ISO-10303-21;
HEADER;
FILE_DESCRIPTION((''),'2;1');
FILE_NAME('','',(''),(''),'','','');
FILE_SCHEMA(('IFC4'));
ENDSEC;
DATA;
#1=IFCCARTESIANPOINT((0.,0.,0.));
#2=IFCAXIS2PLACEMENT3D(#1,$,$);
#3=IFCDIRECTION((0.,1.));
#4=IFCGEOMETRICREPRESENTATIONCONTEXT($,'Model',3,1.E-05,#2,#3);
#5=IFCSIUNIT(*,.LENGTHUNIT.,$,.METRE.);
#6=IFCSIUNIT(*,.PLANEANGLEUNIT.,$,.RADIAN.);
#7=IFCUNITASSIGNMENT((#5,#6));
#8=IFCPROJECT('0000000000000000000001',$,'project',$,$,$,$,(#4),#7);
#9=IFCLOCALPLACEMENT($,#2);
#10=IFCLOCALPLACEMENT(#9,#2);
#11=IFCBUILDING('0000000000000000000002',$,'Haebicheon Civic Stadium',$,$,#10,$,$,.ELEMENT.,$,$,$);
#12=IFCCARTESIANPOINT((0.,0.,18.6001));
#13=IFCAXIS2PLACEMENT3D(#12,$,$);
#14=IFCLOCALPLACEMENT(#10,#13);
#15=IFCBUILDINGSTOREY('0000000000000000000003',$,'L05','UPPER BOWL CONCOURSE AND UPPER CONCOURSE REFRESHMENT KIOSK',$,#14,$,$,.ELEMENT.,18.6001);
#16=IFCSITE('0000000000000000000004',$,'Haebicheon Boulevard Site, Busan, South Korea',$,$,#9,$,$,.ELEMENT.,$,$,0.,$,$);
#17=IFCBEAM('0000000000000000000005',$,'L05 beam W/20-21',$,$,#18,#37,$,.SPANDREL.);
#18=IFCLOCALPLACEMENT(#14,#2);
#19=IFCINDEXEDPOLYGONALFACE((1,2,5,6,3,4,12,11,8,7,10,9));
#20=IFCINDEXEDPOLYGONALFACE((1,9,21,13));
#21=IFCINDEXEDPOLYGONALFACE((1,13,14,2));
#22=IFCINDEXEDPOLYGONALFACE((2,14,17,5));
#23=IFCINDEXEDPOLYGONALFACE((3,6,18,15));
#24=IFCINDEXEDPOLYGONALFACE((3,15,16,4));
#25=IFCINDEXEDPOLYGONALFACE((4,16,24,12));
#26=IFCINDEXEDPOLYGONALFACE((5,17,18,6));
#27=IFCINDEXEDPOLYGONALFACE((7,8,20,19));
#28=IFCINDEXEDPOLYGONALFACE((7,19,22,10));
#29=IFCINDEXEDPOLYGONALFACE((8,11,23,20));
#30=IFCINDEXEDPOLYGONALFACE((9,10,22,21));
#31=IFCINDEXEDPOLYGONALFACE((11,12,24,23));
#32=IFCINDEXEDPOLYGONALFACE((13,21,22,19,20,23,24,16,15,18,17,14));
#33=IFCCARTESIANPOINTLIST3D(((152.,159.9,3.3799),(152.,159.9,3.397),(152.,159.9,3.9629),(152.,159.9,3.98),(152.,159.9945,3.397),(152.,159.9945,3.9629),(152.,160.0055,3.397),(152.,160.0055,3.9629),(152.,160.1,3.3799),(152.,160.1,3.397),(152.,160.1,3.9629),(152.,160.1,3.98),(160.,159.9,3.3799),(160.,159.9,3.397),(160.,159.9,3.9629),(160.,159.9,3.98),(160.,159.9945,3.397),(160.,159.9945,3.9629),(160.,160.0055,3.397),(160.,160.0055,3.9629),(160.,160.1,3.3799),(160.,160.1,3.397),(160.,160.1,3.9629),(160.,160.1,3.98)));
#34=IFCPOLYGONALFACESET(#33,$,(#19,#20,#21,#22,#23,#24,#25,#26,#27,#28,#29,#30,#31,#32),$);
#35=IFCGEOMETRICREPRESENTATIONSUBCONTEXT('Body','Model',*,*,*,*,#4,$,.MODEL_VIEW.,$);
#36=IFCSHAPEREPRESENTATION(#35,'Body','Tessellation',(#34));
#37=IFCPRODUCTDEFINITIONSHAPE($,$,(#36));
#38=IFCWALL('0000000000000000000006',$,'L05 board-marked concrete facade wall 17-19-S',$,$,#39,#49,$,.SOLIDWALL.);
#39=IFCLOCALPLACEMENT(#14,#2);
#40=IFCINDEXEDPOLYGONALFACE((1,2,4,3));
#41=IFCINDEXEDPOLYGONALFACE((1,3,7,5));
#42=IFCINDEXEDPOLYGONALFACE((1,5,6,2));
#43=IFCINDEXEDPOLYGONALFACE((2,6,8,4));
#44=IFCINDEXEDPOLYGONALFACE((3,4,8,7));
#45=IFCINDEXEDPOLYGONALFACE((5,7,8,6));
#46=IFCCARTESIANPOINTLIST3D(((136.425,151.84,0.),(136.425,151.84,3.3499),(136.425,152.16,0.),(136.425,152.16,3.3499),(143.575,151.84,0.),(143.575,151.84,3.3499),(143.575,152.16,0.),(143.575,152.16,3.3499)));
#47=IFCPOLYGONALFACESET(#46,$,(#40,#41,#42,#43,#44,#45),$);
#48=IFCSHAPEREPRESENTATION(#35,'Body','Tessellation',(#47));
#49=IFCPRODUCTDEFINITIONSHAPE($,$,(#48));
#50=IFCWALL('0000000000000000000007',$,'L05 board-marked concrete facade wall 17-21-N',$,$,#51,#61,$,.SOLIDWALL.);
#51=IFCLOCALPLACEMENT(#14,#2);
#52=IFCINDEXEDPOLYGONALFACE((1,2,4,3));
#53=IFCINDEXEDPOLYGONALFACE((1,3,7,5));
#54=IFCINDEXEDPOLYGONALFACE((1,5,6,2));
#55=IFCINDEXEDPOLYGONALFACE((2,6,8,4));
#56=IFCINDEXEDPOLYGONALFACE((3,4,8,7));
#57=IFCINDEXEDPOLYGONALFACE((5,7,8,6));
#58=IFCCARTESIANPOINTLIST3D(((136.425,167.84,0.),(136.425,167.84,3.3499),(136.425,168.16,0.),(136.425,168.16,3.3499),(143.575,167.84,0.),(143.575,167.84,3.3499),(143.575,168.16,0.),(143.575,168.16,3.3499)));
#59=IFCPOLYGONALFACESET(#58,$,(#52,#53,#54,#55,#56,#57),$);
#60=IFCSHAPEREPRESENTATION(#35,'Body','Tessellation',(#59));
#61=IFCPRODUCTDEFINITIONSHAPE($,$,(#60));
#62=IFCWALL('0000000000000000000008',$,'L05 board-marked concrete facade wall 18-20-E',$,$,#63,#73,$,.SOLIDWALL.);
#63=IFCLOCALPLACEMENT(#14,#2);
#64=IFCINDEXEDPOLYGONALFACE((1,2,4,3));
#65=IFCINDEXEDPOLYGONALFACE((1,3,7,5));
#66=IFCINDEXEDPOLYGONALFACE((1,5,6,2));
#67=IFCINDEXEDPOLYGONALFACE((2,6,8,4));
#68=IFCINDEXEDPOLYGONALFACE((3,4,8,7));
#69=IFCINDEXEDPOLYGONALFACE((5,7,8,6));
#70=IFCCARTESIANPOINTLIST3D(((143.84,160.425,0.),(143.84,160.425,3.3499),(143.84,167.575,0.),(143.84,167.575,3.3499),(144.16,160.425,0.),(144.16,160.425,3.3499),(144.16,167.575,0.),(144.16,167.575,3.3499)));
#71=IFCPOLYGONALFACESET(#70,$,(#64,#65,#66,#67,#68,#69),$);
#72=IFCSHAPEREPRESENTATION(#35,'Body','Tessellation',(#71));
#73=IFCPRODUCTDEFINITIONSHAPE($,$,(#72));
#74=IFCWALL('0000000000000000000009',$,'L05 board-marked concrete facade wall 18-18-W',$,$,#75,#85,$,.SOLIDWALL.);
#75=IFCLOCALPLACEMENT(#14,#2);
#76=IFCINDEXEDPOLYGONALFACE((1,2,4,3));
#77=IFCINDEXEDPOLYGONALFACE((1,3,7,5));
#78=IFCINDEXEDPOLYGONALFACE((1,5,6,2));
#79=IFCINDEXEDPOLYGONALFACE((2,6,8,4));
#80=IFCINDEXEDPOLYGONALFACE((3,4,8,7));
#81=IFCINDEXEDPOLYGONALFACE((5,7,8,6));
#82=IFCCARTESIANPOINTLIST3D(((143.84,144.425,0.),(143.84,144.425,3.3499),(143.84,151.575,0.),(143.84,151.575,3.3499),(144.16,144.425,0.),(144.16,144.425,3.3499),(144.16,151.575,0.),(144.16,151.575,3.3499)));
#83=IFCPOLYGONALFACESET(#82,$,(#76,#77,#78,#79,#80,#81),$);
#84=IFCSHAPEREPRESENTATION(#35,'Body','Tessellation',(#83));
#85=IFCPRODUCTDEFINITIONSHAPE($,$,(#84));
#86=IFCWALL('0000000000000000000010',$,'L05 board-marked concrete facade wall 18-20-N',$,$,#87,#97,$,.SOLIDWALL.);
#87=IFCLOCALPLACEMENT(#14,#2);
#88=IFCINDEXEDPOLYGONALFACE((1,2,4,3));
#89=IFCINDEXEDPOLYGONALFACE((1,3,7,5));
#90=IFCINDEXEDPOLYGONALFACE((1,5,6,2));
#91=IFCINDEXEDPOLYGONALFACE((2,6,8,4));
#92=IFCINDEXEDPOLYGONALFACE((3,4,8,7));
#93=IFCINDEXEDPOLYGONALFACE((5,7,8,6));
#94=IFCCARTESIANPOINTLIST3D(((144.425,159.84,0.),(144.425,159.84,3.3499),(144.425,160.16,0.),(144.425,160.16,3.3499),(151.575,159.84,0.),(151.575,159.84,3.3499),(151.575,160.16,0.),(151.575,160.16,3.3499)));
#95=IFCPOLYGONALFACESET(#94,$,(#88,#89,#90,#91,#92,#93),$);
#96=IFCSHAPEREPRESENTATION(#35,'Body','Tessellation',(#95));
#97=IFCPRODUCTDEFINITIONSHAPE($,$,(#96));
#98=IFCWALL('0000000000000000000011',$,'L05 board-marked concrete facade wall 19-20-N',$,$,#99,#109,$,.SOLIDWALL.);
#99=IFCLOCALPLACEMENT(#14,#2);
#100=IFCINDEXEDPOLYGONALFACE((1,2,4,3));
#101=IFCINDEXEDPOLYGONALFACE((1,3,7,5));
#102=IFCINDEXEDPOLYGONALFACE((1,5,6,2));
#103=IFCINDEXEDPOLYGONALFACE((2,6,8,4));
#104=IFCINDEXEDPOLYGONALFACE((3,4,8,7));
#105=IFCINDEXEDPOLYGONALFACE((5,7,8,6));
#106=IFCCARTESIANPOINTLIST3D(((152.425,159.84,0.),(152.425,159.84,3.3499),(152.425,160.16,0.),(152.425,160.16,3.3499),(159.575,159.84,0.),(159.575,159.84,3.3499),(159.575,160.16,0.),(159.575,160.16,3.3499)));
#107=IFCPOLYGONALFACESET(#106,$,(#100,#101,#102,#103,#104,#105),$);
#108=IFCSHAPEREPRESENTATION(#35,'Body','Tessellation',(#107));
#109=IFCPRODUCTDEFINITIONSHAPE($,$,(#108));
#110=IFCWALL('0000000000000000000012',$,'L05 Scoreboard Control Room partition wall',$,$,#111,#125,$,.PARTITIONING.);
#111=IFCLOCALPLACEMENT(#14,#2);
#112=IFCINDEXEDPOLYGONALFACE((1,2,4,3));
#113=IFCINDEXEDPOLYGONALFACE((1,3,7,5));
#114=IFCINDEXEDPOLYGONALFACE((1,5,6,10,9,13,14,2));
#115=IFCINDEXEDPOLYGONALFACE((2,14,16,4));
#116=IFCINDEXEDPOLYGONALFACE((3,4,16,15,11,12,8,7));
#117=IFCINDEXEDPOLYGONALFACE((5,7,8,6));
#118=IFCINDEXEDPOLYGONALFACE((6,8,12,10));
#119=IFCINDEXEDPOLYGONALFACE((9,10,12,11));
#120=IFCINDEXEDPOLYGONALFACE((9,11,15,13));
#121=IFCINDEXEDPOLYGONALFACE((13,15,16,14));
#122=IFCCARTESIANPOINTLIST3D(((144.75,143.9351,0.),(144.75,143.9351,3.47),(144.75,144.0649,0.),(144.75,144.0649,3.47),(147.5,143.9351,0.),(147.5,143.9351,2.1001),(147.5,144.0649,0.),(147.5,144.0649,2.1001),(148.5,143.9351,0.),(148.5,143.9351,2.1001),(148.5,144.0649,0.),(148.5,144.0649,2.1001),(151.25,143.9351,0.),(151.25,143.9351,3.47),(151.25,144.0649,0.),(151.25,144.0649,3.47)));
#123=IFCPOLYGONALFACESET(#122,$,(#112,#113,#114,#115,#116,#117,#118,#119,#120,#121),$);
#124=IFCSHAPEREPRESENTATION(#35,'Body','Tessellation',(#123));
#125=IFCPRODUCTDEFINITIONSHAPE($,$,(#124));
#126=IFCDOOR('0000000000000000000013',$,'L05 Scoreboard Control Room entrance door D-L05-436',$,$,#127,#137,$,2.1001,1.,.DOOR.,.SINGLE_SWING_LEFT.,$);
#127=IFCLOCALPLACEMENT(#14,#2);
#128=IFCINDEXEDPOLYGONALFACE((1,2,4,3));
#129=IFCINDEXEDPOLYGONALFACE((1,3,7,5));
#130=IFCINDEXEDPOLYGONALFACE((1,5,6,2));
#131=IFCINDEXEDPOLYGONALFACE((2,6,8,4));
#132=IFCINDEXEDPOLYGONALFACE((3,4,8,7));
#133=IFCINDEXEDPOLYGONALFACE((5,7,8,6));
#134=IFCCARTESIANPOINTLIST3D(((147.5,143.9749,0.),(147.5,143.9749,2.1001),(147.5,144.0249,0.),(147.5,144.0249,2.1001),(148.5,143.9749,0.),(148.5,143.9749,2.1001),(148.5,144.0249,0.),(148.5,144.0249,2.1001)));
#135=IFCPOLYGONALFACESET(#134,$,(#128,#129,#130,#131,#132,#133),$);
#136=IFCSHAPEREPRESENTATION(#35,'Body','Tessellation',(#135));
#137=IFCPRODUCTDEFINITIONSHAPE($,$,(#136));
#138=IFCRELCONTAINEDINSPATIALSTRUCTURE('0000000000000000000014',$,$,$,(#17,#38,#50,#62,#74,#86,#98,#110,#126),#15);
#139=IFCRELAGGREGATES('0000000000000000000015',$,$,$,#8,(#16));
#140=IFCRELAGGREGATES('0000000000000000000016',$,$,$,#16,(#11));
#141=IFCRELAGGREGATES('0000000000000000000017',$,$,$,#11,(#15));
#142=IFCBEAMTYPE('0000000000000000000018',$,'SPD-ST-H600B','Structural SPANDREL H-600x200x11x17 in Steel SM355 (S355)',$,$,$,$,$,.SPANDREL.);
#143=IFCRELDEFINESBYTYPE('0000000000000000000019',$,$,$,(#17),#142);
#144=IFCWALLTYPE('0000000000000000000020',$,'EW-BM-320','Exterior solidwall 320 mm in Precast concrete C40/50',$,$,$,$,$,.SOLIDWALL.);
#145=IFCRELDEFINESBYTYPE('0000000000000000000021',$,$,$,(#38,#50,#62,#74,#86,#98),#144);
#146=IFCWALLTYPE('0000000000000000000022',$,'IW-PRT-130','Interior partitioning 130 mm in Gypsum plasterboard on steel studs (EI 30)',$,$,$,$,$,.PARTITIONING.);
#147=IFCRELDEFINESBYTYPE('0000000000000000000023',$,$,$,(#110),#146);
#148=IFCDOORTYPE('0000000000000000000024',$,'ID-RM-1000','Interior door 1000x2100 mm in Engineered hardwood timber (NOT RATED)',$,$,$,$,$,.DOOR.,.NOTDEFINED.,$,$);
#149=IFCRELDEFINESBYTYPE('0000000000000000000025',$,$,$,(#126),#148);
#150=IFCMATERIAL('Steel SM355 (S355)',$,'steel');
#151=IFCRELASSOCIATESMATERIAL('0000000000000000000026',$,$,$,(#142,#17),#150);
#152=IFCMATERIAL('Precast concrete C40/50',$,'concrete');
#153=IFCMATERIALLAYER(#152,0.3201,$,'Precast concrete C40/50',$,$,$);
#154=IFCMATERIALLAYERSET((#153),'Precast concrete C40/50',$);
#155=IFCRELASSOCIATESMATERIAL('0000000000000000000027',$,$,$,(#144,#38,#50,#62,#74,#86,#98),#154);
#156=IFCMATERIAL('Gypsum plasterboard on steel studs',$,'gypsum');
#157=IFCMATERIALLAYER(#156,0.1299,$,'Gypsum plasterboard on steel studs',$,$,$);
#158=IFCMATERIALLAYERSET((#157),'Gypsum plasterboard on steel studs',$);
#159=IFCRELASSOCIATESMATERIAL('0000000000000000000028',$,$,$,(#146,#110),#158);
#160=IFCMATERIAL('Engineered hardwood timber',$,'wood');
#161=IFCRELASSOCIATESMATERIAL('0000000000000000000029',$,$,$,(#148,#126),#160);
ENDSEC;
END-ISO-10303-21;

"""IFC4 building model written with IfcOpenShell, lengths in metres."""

from ifc_helpers import new_model, si_unit, direction, frame, frame_2d, origin, origin_2d, place, context, subcontext, project, spatial, rectangle, i_section, extrude, material, layer, layer_set, material_profile, profile_set, type_object, element, fill, save


model = new_model("IFC4")

# Units and contexts
model_context = context("Model", 3, precision=1e-05, world=origin(), true_north=direction((0.0, 1.0)))
body_context = subcontext(model_context, "Body", "Model", "MODEL_VIEW")
ifc_project = project(units=[si_unit("LENGTHUNIT", "METRE"), si_unit("PLANEANGLEUNIT", "RADIAN")], contexts=[model_context])

# Site, building, storey
site_placement = place(None, origin())
site = spatial("IfcSite", under=ifc_project, at=site_placement, Name="Haebicheon Boulevard Site, Busan, South Korea", CompositionType="ELEMENT", RefElevation=0.0)
building_placement = place(site_placement, origin())
building = spatial("IfcBuilding", under=site, at=building_placement, Name="Haebicheon Civic Stadium", CompositionType="ELEMENT")
storey_placement = place(building_placement, frame((0.0, 0.0, 18.6001)))
storey = spatial("IfcBuildingStorey", under=building, at=storey_placement, Name="L05", Description="UPPER BOWL CONCOURSE AND UPPER CONCOURSE REFRESHMENT KIOSK", CompositionType="ELEMENT", Elevation=18.6001)

# Beam
ifc_material_1 = material(Name="Steel SM355 (S355)", Category="steel")
ifc_material_profile_1 = material_profile(ifc_material_1, i_section(OverallWidth=0.2, OverallDepth=0.6001, WebThickness=0.011, FlangeThickness=0.0171, at=origin_2d()), Name="H-600x200x11x17")
ifc_profile_set_1 = profile_set([ifc_material_profile_1], Name="Steel SM355 (S355)")
beam_type_1 = type_object("IfcBeamType", Name="SPD-ST-H600B", Description="Structural SPANDREL H-600x200x11x17 in Steel SM355 (S355)", PredefinedType="SPANDREL", material=ifc_profile_set_1)
for number, where, z_axis, x_axis, name in (
    (1, (152.0, 160.0, 3.6799), (1.0, 0.0, 0.0), (0.0, 1.0, 0.0), "L05 beam W/20-21"),
):
    element("IfcBeam", number, at=place(storey_placement, frame(where, z_axis=z_axis, x_axis=x_axis)), inside=storey, type_object=beam_type_1, material=ifc_profile_set_1, Name=name, PredefinedType="SPANDREL", context=body_context, shape_type="SweptSolid", body=[
        extrude(i_section(OverallWidth=0.2, OverallDepth=0.6001, WebThickness=0.011, FlangeThickness=0.0171, at=origin_2d()), origin(), (0.0, 0.0, 1.0), 8.0),
    ])

# Walls
ifc_material_2 = material(Name="Precast concrete C40/50", Category="concrete")
ifc_layer_1 = layer(ifc_material_2, 0.3201, Name="Precast concrete C40/50")
ifc_layer_set_1 = layer_set([ifc_layer_1], Name="Precast concrete C40/50")
wall_type_1 = type_object("IfcWallType", Name="EW-BM-320", Description="Exterior solidwall 320 mm in Precast concrete C40/50", PredefinedType="SOLIDWALL", material=ifc_layer_set_1)
for number, where, z_axis, x_axis, name in (
    (2, (136.425, 152.0, 0.0), (0.0, 0.0, 1.0), (1.0, 0.0, 0.0), "L05 board-marked concrete facade wall 17-19-S"),
    (3, (136.425, 168.0, 0.0), (0.0, 0.0, 1.0), (1.0, 0.0, 0.0), "L05 board-marked concrete facade wall 17-21-N"),
    (4, (144.0, 160.425, 0.0), (0.0, 0.0, 1.0), (0.0, 1.0, 0.0), "L05 board-marked concrete facade wall 18-20-E"),
    (5, (144.0, 144.425, 0.0), (0.0, 0.0, 1.0), (0.0, 1.0, 0.0), "L05 board-marked concrete facade wall 18-18-W"),
    (6, (144.425, 160.0, 0.0), (0.0, 0.0, 1.0), (1.0, 0.0, 0.0), "L05 board-marked concrete facade wall 18-20-N"),
    (7, (152.425, 160.0, 0.0), (0.0, 0.0, 1.0), (1.0, 0.0, 0.0), "L05 board-marked concrete facade wall 19-20-N"),
):
    element("IfcWall", number, at=place(storey_placement, frame(where, z_axis=z_axis, x_axis=x_axis)), inside=storey, type_object=wall_type_1, material=ifc_layer_set_1, Name=name, PredefinedType="SOLIDWALL", context=body_context, shape_type="SweptSolid", body=[
        extrude(rectangle(XDim=7.1499, YDim=0.3201, at=frame_2d((3.575, 0.0))), origin(), (0.0, 0.0, 1.0), 3.3499),
    ])

# Wall, opening, door
ifc_material_3 = material(Name="Gypsum plasterboard on steel studs", Category="gypsum")
ifc_layer_2 = layer(ifc_material_3, 0.1299, Name="Gypsum plasterboard on steel studs")
ifc_layer_set_2 = layer_set([ifc_layer_2], Name="Gypsum plasterboard on steel studs")
wall_type_2 = type_object("IfcWallType", Name="IW-PRT-130", Description="Interior partitioning 130 mm in Gypsum plasterboard on steel studs (EI 30)", PredefinedType="PARTITIONING", material=ifc_layer_set_2)
wall_placement = place(storey_placement, frame((144.75, 144.0, 0.0), z_axis=(0.0, 0.0, 1.0), x_axis=(1.0, 0.0, 0.0)))
wall = element("IfcWall", 8, at=wall_placement, inside=storey, type_object=wall_type_2, material=ifc_layer_set_2, Name="L05 Scoreboard Control Room partition wall", PredefinedType="PARTITIONING", context=body_context, shape_type="SweptSolid", body=[
    extrude(rectangle(XDim=6.5, YDim=0.1299, at=frame_2d((3.25, 0.0))), origin(), (0.0, 0.0, 1.0), 3.47),
])
opening_placement = place(wall_placement, frame((2.75, 0.0, 0.0)))
opening = element("IfcOpeningElement", 9, at=opening_placement, cuts=wall, PredefinedType="OPENING", context=body_context, shape_type="SweptSolid", body=[
    extrude(rectangle(XDim=1.0, YDim=2.1001, at=frame_2d((0.5, 1.05))), frame((0.0, 0.075, 0.0), z_axis=(0.0, -1.0, 0.0), x_axis=(1.0, 0.0, 0.0)), (0.0, 0.0, 1.0), 0.1499),
])
ifc_material_4 = material(Name="Engineered hardwood timber", Category="wood")
door_type = type_object("IfcDoorType", Name="ID-RM-1000", Description="Interior door 1000x2100 mm in Engineered hardwood timber (NOT RATED)", OperationType="NOTDEFINED", PredefinedType="DOOR", material=ifc_material_4)
door_placement = place(opening_placement, origin())
door = element("IfcDoor", 10, at=door_placement, inside=storey, type_object=door_type, material=ifc_material_4, Name="L05 Scoreboard Control Room entrance door D-L05-436", OperationType="SINGLE_SWING_LEFT", OverallHeight=2.1001, OverallWidth=1.0, PredefinedType="DOOR", context=body_context, shape_type="SweptSolid", body=[
    extrude(rectangle(XDim=1.0, YDim=2.1001, at=frame_2d((0.5, 1.05))), frame((0.0, 0.0249, 0.0), z_axis=(0.0, -1.0, 0.0), x_axis=(1.0, 0.0, 0.0)), (0.0, 0.0, 1.0), 0.05),
])
fill(opening, door)

save(model, "model.ifc")
